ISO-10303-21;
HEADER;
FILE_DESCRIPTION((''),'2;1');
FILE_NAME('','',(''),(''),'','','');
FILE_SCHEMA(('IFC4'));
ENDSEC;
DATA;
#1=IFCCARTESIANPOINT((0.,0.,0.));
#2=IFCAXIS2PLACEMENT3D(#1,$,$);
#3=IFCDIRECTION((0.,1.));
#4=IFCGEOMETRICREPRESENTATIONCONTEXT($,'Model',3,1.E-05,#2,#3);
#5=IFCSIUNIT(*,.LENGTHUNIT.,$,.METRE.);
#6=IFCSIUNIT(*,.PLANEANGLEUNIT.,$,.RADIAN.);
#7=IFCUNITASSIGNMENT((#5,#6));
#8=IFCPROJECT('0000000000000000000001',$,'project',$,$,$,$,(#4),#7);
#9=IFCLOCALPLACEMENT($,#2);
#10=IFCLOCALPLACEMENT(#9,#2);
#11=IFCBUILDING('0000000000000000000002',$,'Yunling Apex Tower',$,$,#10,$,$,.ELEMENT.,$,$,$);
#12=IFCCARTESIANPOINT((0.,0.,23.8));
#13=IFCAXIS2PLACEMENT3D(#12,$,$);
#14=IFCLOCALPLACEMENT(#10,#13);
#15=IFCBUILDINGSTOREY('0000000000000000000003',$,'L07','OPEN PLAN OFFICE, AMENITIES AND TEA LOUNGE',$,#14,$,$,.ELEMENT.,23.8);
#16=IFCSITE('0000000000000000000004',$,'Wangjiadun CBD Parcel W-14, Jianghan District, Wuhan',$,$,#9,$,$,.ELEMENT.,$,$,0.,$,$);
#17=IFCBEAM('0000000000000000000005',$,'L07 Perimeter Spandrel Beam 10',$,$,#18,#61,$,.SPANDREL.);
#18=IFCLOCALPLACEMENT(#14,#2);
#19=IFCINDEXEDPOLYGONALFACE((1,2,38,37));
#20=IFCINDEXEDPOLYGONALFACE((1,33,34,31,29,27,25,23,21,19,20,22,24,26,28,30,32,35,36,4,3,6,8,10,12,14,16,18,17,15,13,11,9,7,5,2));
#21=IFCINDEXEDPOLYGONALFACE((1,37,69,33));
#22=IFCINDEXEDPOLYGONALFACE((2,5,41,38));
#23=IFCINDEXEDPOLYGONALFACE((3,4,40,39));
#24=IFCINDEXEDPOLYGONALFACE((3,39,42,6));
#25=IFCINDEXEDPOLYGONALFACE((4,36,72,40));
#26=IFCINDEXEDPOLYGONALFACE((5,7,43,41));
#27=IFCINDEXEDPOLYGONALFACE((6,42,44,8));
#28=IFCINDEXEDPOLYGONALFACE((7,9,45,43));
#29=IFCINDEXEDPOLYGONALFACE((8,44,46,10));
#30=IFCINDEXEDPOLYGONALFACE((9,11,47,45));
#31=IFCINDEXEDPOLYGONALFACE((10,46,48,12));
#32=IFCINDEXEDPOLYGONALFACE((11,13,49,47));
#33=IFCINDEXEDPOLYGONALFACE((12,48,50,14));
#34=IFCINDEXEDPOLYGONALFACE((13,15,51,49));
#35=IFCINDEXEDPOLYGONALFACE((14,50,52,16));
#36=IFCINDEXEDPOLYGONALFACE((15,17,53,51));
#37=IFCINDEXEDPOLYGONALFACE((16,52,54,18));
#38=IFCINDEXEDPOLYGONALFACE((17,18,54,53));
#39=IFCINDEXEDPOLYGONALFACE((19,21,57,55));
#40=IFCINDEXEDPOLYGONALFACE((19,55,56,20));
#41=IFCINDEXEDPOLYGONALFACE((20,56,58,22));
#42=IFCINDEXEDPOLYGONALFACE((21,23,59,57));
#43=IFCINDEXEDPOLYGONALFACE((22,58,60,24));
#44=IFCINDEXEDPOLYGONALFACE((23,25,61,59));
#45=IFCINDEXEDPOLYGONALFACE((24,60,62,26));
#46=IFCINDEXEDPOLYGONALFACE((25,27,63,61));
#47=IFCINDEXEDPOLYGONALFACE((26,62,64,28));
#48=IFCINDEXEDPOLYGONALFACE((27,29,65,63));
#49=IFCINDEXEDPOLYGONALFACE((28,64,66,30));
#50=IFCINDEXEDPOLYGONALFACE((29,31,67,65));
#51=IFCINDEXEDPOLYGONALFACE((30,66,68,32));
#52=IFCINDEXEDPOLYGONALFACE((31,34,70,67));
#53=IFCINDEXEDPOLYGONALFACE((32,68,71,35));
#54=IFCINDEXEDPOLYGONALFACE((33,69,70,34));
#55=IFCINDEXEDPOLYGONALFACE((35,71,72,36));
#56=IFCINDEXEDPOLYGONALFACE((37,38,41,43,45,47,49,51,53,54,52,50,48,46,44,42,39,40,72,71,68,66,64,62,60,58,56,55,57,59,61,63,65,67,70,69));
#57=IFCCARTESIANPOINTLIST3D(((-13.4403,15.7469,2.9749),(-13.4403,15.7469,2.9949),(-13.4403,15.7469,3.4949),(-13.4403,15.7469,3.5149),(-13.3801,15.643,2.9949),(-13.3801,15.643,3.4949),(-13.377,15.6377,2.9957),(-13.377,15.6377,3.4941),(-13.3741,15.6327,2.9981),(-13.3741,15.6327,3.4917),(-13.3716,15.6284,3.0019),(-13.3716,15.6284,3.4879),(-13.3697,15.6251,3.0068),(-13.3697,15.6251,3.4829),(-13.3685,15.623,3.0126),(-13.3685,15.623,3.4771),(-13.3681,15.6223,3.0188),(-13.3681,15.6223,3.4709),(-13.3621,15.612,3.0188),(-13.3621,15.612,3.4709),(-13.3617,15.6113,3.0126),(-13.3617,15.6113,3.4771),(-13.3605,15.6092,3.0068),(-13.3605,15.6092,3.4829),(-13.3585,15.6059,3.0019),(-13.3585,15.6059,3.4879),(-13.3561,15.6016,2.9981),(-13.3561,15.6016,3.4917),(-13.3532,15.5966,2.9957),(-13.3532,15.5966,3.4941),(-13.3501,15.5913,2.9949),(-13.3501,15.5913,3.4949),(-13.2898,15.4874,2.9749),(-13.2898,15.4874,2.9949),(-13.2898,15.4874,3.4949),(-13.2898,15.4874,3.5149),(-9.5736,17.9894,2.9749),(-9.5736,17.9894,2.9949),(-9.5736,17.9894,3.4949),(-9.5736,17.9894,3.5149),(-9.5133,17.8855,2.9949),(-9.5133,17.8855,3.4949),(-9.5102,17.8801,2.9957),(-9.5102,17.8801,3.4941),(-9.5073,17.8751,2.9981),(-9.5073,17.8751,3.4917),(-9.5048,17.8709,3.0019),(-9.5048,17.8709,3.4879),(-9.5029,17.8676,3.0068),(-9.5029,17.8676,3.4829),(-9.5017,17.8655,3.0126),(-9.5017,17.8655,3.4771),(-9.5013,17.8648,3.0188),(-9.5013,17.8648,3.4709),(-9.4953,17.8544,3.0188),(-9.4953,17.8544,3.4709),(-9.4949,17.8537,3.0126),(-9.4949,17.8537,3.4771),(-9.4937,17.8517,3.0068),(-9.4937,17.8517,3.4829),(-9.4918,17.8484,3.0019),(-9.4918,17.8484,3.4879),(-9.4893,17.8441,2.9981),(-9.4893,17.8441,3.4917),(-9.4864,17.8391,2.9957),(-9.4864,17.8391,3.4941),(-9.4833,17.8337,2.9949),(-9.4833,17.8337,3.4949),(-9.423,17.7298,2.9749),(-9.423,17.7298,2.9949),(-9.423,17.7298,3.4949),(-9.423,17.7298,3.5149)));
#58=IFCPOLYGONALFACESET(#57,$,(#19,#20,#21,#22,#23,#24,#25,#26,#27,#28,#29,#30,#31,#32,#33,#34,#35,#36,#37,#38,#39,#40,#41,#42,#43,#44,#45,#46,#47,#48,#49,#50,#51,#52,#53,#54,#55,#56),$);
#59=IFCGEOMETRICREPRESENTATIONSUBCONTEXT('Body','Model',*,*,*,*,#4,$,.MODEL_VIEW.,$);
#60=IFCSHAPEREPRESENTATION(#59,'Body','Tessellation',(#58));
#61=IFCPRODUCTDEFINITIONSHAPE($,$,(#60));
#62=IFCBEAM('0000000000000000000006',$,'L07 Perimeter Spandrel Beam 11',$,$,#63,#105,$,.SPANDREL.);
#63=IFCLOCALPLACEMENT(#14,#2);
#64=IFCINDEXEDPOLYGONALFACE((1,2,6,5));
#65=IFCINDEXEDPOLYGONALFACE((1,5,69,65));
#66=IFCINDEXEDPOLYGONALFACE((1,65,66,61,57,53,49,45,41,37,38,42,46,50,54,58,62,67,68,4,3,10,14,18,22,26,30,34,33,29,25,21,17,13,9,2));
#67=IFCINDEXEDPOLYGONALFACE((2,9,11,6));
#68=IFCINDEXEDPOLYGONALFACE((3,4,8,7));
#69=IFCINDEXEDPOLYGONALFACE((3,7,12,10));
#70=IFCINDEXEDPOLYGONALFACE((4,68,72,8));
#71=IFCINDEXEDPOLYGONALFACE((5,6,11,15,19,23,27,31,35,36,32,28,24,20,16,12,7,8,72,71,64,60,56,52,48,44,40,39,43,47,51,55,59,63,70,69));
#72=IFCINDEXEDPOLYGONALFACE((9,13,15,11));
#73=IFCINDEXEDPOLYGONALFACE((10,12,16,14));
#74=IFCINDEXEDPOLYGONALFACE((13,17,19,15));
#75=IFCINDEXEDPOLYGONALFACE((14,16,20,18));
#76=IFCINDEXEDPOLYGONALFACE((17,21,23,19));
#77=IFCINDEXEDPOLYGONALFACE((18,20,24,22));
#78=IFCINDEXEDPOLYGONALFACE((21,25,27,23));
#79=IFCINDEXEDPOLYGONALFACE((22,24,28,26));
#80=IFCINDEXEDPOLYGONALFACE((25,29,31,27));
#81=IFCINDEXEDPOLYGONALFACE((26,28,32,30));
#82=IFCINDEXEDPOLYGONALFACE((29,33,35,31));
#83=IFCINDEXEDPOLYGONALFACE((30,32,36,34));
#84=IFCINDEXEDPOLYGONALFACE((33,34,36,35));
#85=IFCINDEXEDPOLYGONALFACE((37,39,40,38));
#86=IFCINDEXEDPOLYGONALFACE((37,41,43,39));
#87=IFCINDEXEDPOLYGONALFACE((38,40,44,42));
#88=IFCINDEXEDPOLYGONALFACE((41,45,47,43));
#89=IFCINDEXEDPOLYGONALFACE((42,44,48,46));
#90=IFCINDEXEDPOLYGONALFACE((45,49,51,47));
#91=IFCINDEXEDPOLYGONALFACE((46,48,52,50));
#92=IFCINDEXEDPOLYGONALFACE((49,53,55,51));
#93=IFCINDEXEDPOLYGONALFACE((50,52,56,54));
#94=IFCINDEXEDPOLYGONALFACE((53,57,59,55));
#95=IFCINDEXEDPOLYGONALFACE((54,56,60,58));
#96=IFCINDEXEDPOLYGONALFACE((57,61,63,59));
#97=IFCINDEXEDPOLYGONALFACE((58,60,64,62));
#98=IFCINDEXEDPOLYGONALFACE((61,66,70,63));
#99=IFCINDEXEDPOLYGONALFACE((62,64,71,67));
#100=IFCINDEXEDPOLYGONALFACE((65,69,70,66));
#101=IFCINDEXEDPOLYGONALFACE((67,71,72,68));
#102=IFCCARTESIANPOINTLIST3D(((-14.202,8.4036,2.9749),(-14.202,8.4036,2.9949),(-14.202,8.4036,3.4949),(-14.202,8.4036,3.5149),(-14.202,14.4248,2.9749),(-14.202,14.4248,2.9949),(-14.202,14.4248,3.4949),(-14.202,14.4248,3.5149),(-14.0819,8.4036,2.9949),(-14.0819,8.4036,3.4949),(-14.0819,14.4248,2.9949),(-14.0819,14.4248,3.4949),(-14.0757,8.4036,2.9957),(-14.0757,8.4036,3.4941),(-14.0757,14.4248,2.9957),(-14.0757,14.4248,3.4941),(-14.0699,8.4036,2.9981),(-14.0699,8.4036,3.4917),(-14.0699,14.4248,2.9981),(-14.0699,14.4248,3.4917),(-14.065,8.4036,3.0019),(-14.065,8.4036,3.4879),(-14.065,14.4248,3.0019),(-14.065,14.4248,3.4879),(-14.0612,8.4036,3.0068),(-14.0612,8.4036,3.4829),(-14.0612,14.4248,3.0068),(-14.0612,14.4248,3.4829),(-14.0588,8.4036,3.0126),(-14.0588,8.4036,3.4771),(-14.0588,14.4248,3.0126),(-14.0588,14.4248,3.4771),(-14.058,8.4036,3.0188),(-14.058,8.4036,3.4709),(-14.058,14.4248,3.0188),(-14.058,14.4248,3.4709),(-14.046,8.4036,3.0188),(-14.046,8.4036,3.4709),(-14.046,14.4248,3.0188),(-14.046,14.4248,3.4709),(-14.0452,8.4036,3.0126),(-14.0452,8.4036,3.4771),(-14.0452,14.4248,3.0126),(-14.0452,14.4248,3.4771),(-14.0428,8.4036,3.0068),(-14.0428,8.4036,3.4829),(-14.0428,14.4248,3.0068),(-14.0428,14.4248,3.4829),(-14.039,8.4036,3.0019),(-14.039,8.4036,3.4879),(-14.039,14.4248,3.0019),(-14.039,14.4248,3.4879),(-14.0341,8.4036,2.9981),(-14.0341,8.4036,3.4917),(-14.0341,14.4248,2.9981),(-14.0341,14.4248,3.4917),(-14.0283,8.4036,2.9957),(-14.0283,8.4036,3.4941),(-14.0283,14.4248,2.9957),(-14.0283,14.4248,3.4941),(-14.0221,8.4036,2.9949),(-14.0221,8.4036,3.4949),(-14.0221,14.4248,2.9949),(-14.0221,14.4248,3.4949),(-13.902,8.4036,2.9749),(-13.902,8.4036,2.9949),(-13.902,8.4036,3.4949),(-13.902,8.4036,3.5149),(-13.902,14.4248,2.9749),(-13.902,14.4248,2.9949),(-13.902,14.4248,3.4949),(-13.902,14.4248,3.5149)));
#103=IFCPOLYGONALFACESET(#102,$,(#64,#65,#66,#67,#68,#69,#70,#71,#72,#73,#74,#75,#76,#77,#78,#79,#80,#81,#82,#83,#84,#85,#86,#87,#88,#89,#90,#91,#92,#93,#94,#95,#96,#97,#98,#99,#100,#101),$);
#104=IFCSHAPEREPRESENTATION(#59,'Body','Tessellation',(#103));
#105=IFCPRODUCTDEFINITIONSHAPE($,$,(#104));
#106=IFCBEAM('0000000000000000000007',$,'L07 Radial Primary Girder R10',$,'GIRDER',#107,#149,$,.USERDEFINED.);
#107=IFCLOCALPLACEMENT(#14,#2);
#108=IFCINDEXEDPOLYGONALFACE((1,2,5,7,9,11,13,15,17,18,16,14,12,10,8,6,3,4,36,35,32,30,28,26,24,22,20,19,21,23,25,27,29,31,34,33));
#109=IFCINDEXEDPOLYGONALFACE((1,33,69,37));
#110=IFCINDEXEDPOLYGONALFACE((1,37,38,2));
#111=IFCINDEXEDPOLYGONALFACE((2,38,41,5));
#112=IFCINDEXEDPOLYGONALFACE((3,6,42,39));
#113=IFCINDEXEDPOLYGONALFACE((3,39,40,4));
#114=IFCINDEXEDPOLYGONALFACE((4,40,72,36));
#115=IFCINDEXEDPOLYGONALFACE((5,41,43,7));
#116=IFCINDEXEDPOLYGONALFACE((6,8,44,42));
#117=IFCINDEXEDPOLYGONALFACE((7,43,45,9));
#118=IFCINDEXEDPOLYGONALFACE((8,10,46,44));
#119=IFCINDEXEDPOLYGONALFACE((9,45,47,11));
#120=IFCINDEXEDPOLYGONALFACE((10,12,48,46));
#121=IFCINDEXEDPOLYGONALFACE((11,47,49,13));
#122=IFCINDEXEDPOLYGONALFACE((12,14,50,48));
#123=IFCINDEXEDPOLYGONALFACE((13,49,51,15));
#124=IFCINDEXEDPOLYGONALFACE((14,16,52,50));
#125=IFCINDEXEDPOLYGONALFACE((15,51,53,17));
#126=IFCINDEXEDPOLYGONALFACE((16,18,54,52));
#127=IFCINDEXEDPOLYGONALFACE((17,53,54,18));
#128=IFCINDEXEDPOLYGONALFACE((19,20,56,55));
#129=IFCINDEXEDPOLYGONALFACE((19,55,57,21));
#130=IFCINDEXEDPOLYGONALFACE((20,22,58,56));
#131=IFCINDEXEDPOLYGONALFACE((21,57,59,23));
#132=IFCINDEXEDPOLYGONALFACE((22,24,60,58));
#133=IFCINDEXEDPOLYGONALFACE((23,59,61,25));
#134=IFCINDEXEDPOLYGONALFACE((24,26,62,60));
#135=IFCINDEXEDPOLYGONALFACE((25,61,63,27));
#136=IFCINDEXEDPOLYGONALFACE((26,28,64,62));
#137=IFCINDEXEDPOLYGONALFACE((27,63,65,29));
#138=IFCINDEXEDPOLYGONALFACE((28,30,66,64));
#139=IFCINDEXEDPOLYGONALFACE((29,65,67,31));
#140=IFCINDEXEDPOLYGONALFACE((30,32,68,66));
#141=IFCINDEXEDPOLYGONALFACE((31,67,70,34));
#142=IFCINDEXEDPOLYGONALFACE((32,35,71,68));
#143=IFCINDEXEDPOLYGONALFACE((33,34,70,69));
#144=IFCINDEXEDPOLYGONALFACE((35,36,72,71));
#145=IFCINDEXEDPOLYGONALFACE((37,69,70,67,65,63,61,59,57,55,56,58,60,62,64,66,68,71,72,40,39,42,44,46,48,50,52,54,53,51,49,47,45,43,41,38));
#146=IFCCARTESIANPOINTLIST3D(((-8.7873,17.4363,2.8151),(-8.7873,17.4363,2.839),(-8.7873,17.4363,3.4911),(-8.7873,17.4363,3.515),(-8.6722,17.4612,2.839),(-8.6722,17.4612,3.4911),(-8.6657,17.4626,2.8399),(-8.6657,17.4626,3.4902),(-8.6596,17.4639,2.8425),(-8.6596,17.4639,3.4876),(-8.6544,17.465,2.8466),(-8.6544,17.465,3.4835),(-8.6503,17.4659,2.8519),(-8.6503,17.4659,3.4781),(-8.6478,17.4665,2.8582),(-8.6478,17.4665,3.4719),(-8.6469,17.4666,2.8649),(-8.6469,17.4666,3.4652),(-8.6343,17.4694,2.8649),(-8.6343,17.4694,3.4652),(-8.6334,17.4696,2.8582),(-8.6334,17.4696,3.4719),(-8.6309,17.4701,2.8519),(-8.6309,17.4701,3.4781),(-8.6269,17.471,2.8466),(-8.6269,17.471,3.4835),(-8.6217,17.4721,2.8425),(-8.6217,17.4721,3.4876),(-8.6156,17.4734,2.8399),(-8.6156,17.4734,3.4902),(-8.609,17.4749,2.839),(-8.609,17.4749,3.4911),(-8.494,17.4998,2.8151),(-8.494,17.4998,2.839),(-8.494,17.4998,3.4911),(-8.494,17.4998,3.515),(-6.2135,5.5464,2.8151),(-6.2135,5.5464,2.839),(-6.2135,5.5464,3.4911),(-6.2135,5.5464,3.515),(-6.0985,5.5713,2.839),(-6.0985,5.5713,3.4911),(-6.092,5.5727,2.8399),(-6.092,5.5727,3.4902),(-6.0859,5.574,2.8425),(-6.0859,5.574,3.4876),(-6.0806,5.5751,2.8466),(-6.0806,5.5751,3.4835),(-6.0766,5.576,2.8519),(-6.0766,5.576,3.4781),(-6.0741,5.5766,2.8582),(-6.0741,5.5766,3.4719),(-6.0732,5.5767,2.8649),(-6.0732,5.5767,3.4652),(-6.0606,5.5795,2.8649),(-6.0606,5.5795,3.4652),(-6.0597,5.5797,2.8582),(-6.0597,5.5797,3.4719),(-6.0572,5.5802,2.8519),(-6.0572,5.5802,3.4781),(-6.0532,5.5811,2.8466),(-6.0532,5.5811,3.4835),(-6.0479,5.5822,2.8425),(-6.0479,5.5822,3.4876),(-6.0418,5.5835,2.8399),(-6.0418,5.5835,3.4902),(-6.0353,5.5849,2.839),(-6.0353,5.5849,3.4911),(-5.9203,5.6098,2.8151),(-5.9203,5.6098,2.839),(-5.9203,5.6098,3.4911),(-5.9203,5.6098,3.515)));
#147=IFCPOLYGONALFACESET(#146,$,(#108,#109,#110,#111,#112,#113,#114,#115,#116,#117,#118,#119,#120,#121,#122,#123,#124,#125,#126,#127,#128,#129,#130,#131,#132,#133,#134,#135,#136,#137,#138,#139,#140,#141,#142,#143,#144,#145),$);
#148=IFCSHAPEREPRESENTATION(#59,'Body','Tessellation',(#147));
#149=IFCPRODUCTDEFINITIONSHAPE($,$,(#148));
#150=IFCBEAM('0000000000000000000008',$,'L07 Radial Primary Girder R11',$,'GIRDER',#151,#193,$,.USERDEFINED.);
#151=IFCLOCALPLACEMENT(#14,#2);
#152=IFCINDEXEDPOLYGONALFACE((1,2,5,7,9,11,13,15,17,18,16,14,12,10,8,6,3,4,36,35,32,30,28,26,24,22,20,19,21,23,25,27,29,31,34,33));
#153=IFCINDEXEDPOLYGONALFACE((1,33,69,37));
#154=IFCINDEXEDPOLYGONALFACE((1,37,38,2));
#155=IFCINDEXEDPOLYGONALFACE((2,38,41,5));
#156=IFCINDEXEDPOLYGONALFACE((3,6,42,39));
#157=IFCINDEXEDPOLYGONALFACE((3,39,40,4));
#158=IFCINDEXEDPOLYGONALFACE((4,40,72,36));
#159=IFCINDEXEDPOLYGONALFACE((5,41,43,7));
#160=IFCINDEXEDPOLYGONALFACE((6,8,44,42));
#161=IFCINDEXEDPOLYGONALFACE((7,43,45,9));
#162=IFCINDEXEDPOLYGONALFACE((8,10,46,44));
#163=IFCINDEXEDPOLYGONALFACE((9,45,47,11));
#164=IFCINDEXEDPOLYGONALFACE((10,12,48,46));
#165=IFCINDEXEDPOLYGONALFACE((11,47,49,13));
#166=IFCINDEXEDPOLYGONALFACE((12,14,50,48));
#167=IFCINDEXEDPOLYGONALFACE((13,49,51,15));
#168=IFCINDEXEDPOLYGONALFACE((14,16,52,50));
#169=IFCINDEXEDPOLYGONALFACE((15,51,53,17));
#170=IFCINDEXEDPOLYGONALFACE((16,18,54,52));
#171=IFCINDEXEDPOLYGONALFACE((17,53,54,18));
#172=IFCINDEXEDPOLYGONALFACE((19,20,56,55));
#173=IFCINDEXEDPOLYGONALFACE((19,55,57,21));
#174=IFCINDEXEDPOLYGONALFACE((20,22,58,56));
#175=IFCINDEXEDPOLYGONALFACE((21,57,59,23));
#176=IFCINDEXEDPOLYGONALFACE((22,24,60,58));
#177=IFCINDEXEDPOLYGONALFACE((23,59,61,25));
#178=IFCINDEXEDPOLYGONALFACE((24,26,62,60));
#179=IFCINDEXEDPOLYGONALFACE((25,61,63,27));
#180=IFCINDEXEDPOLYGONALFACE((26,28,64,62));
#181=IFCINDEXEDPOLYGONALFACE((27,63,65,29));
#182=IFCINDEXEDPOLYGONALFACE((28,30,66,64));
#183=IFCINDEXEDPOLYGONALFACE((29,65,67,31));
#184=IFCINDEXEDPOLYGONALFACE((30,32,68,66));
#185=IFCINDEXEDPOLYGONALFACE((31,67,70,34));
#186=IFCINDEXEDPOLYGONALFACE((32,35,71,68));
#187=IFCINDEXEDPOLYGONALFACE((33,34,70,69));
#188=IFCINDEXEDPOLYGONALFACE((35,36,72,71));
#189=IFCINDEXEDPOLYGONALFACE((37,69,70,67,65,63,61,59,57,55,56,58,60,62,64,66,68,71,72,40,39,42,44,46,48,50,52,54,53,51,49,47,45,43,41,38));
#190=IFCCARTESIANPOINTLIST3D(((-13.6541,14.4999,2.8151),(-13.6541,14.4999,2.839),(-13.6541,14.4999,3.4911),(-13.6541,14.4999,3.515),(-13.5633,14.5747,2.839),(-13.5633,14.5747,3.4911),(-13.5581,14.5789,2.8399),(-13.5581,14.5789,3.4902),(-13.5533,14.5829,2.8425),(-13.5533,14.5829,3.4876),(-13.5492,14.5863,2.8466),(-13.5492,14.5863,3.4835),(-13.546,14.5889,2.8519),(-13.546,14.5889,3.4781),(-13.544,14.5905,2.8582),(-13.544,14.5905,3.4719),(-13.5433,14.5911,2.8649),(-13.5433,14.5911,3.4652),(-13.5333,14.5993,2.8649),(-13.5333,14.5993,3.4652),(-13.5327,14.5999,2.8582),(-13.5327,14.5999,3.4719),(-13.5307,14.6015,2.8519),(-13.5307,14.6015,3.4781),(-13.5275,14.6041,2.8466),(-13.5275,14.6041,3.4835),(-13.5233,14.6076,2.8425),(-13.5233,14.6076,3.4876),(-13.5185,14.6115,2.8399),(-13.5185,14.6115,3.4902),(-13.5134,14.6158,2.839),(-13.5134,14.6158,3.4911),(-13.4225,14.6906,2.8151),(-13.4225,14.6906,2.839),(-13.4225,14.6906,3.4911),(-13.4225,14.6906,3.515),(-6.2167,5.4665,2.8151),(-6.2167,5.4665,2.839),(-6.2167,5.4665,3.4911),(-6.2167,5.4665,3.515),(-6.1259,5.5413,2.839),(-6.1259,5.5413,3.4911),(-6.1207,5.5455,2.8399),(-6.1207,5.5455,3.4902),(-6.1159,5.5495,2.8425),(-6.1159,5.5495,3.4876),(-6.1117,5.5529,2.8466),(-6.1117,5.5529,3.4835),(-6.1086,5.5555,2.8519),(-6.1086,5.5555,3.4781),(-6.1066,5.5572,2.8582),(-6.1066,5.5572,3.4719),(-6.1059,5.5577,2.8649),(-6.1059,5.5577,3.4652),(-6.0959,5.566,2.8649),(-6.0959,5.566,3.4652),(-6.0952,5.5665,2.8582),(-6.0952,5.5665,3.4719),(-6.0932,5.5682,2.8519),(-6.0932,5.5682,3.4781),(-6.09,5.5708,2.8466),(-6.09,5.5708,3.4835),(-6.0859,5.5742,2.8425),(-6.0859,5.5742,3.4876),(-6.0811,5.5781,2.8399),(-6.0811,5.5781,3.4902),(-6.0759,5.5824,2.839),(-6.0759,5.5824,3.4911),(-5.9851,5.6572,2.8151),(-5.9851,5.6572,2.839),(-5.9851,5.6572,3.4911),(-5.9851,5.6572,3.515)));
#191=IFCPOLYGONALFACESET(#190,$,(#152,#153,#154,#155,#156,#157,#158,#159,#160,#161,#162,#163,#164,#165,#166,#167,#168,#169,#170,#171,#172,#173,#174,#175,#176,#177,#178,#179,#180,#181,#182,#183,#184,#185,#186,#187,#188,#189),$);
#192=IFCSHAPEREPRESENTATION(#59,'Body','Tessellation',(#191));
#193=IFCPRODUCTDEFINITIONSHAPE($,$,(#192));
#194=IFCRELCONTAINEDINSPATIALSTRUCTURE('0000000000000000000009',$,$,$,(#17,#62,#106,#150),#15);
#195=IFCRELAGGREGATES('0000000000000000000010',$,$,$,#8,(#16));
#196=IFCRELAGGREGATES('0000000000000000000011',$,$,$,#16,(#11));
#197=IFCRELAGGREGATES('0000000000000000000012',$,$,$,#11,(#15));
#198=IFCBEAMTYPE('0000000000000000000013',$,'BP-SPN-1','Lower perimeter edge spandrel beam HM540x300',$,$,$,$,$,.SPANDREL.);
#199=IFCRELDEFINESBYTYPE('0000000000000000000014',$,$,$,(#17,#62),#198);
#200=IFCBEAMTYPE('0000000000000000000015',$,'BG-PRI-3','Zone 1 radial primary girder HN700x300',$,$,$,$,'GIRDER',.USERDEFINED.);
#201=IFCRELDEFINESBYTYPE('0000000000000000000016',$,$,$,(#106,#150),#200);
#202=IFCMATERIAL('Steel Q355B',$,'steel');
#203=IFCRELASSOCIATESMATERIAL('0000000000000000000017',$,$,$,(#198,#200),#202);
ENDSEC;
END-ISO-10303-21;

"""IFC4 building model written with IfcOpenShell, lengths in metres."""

from ifc_helpers import new_model, si_unit, direction, frame, origin, origin_2d, place, context, subcontext, project, spatial, i_section, extrude, source, transform, mapped, material, material_profile, profile_set, type_object, element, save


model = new_model("IFC4")

# Units and contexts
model_context = context("Model", 3, precision=1e-05, world=origin(), true_north=direction((0.0, 1.0)))
body_context = subcontext(model_context, "Body", "Model", "MODEL_VIEW")
ifc_project = project(units=[si_unit("LENGTHUNIT", "METRE"), si_unit("PLANEANGLEUNIT", "RADIAN")], contexts=[model_context])

# Site, building, storey
site_placement = place(None, origin())
site = spatial("IfcSite", under=ifc_project, at=site_placement, Name="Wangjiadun CBD Parcel W-14, Jianghan District, Wuhan", CompositionType="ELEMENT", RefElevation=0.0)
building_placement = place(site_placement, origin())
building = spatial("IfcBuilding", under=site, at=building_placement, Name="Yunling Apex Tower", CompositionType="ELEMENT")
storey_placement = place(building_placement, frame((0.0, 0.0, 23.8)))
storey = spatial("IfcBuildingStorey", under=building, at=storey_placement, Name="L07", Description="OPEN PLAN OFFICE, AMENITIES AND TEA LOUNGE", CompositionType="ELEMENT", Elevation=23.8)

# Beams
ifc_material_1 = material(Name="Steel Q355B", Category="steel")
ifc_material_profile_1 = material_profile(ifc_material_1, i_section(OverallWidth=0.3, OverallDepth=0.54, WebThickness=0.012, FlangeThickness=0.02, FilletRadius=0.0239, at=origin_2d()))
ifc_profile_set_1 = profile_set([ifc_material_profile_1], Name="Steel Q355B")
beam_type_1 = type_object("IfcBeamType", Name="BP-SPN-1", Description="Lower perimeter edge spandrel beam HM540x300", PredefinedType="SPANDREL", material=ifc_profile_set_1)
shared_shape_1 = source(origin(), body_context, "Body", "SweptSolid", [
    extrude(i_section(OverallWidth=0.3, OverallDepth=0.54, WebThickness=0.012, FlangeThickness=0.02, FilletRadius=0.0239, at=origin_2d()), origin(), (0.0, 0.0, 1.0), 4.47),
])
beam_1_placement = place(storey_placement, frame((-9.4983, 17.8596, 3.2449), z_axis=(-0.865056, -0.501676, 0.0), x_axis=(0.501676, -0.865056, 0.0)))
element("IfcBeam", 1, at=beam_1_placement, inside=storey, type_object=beam_type_1, Name="L07 Perimeter Spandrel Beam 10", PredefinedType="SPANDREL", context=body_context, shape_type="MappedRepresentation", body=[
    mapped(shared_shape_1, transform((0.0, 0.0, 0.0), scale=1.0)),
])
shared_shape_2 = source(origin(), body_context, "Body", "SweptSolid", [
    extrude(i_section(OverallWidth=0.3, OverallDepth=0.54, WebThickness=0.012, FlangeThickness=0.02, FilletRadius=0.0239, at=origin_2d()), origin(), (0.0, 0.0, 1.0), 6.0212),
])
beam_2_placement = place(storey_placement, frame((-14.052, 14.4248, 3.2449), z_axis=(0.0, -1.0, 0.0), x_axis=(1.0, 0.0, 0.0)))
element("IfcBeam", 2, at=beam_2_placement, inside=storey, type_object=beam_type_1, Name="L07 Perimeter Spandrel Beam 11", PredefinedType="SPANDREL", context=body_context, shape_type="MappedRepresentation", body=[
    mapped(shared_shape_2, transform((0.0, 0.0, 0.0), scale=1.0)),
])
ifc_material_profile_2 = material_profile(ifc_material_1, i_section(OverallWidth=0.3, OverallDepth=0.7, WebThickness=0.0129, FlangeThickness=0.0239, FilletRadius=0.0259, at=origin_2d()))
ifc_profile_set_2 = profile_set([ifc_material_profile_2], Name="Steel Q355B")
beam_type_2 = type_object("IfcBeamType", Name="BG-PRI-3", Description="Zone 1 radial primary girder HN700x300", ElementType="GIRDER", PredefinedType="USERDEFINED", material=ifc_profile_set_2)
shared_shape_3 = source(origin(), body_context, "Body", "SweptSolid", [
    extrude(i_section(OverallWidth=0.3, OverallDepth=0.7, WebThickness=0.0129, FlangeThickness=0.0239, FilletRadius=0.0259, at=origin_2d()), origin(), (0.0, 0.0, 1.0), 12.1653),
])
beam_3_placement = place(storey_placement, frame((-8.6406, 17.468, 3.165), z_axis=(0.211564, -0.977364, 0.0), x_axis=(0.977364, 0.211564, 0.0)))
element("IfcBeam", 3, at=beam_3_placement, inside=storey, type_object=beam_type_2, Name="L07 Radial Primary Girder R10", ObjectType="GIRDER", PredefinedType="USERDEFINED", context=body_context, shape_type="MappedRepresentation", body=[
    mapped(shared_shape_3, transform((0.0, 0.0, 0.0), scale=1.0)),
])
shared_shape_4 = source(origin(), body_context, "Body", "SweptSolid", [
    extrude(i_section(OverallWidth=0.3, OverallDepth=0.7, WebThickness=0.0129, FlangeThickness=0.0239, FilletRadius=0.0259, at=origin_2d()), origin(), (0.0, 0.0, 1.0), 11.7012),
])
beam_4_placement = place(storey_placement, frame((-13.5383, 14.5952, 3.165), z_axis=(0.635615, -0.772006, 0.0), x_axis=(0.772006, 0.635615, 0.0)))
element("IfcBeam", 4, at=beam_4_placement, inside=storey, type_object=beam_type_2, Name="L07 Radial Primary Girder R11", ObjectType="GIRDER", PredefinedType="USERDEFINED", context=body_context, shape_type="MappedRepresentation", body=[
    mapped(shared_shape_4, transform((0.0, 0.0, 0.0), scale=1.0)),
])

save(model, "model.ifc")
